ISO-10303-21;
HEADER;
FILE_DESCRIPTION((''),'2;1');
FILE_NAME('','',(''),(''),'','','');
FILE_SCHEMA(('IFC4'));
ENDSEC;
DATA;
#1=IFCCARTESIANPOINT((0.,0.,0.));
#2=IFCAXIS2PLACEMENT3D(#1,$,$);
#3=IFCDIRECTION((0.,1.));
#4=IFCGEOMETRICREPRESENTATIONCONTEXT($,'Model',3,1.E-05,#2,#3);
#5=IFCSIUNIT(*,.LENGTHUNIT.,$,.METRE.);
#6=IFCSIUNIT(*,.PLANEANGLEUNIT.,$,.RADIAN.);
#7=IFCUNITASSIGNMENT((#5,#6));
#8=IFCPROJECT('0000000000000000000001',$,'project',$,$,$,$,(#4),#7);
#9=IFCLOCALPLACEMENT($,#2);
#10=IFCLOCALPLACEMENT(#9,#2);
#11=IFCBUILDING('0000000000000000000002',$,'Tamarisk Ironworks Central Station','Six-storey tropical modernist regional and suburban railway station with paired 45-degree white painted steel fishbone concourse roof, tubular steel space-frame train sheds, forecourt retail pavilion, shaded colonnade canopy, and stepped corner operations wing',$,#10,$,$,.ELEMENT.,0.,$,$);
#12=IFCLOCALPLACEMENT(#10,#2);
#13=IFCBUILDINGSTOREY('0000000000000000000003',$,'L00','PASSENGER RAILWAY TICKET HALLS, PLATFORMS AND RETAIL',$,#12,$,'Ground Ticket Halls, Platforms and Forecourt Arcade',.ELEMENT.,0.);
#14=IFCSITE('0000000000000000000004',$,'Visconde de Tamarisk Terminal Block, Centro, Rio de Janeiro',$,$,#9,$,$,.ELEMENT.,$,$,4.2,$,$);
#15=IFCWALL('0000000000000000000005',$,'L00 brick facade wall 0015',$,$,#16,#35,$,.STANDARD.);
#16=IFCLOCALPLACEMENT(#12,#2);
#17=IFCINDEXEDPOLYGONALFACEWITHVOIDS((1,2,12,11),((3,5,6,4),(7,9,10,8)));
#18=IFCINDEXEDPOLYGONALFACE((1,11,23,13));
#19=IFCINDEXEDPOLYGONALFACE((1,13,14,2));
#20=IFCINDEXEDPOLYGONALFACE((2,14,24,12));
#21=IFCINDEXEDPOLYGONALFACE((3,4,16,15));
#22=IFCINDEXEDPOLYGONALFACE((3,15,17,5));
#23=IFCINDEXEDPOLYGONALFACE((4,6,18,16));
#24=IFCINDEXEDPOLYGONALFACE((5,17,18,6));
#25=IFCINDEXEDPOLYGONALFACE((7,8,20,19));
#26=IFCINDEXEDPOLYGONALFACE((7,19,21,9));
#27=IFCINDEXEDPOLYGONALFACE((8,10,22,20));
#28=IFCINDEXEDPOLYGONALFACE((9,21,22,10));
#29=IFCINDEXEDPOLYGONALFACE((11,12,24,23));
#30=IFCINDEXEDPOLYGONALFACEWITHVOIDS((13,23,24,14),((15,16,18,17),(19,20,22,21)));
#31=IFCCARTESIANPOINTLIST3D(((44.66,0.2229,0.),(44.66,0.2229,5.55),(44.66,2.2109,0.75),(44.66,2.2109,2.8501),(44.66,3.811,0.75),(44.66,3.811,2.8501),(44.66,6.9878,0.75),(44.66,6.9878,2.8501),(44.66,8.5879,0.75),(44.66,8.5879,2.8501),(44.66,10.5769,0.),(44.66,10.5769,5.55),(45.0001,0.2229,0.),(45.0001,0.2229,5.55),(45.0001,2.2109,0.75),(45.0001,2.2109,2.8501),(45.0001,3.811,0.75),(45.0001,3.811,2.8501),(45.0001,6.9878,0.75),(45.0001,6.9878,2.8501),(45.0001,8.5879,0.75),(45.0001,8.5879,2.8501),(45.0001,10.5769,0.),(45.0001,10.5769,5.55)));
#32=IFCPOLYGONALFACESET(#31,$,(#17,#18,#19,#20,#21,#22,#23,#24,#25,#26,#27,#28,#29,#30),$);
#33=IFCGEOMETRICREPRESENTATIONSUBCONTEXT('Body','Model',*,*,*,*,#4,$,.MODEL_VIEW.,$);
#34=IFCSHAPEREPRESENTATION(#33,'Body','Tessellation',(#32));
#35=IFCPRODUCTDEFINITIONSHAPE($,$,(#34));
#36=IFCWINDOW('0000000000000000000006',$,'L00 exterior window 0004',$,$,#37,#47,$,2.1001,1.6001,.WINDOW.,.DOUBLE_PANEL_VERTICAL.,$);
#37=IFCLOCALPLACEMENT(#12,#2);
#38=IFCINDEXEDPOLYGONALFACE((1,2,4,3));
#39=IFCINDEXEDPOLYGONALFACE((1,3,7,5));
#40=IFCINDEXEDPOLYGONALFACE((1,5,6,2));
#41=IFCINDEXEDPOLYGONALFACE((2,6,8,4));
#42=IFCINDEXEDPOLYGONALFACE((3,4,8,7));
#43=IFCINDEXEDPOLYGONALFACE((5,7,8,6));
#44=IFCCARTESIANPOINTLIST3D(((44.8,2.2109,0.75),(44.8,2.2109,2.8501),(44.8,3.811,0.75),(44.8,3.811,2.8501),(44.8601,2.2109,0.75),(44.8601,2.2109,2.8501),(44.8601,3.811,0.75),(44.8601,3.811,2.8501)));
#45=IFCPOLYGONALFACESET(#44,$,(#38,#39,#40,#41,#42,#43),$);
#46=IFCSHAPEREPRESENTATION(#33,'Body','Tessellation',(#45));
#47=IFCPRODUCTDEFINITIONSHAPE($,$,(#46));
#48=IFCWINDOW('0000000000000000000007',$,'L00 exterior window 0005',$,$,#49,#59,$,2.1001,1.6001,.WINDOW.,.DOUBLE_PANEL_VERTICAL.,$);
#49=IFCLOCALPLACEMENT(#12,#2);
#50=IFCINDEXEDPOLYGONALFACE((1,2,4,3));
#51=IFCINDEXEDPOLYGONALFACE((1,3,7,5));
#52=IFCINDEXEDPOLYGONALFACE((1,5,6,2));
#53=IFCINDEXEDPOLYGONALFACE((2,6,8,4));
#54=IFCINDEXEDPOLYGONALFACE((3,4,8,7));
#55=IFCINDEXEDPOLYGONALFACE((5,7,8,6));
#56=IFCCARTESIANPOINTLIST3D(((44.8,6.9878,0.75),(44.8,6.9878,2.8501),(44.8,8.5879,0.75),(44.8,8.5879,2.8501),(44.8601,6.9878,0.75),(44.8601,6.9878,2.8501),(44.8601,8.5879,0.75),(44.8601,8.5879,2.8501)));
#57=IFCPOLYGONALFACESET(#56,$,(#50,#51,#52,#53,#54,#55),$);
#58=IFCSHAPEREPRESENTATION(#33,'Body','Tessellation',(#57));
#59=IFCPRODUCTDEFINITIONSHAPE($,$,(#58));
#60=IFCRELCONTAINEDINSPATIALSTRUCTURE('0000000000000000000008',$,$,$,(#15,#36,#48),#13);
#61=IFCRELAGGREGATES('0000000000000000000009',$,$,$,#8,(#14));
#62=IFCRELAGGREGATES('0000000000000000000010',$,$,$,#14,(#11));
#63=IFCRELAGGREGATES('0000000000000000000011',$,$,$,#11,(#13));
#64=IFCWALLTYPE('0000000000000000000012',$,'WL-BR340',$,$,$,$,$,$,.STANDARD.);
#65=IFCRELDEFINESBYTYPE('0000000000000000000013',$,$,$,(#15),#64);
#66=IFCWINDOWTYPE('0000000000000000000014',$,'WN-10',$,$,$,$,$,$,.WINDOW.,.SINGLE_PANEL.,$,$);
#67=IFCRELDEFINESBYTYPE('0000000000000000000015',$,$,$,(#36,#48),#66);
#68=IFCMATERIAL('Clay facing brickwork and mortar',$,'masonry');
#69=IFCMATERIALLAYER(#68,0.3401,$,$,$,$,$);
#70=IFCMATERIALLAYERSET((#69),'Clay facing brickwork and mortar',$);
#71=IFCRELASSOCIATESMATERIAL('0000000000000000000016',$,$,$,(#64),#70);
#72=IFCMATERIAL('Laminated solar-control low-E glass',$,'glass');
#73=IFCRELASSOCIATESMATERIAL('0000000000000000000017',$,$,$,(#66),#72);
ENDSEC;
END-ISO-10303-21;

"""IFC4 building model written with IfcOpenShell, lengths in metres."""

from ifc_helpers import new_model, si_unit, direction, frame, frame_2d, origin, place, context, subcontext, project, spatial, rectangle, extrude, material, layer, layer_set, type_object, element, fill, save


model = new_model("IFC4")

# Units and contexts
model_context = context("Model", 3, precision=1e-05, world=origin(), true_north=direction((0.0, 1.0)))
body_context = subcontext(model_context, "Body", "Model", "MODEL_VIEW")
ifc_project = project(units=[si_unit("LENGTHUNIT", "METRE"), si_unit("PLANEANGLEUNIT", "RADIAN")], contexts=[model_context])

# Site, building, storey
site_placement = place(None, origin())
site = spatial("IfcSite", under=ifc_project, at=site_placement, Name="Visconde de Tamarisk Terminal Block, Centro, Rio de Janeiro", CompositionType="ELEMENT", RefElevation=4.2)
building_placement = place(site_placement, origin())
building = spatial("IfcBuilding", under=site, at=building_placement, Name="Tamarisk Ironworks Central Station", Description="Six-storey tropical modernist regional and suburban railway station with paired 45-degree white painted steel fishbone concourse roof, tubular steel space-frame train sheds, forecourt retail pavilion, shaded colonnade canopy, and stepped corner operations wing", CompositionType="ELEMENT", ElevationOfRefHeight=0.0)
storey_placement = place(building_placement, origin())
storey = spatial("IfcBuildingStorey", under=building, at=storey_placement, Name="L00", Description="PASSENGER RAILWAY TICKET HALLS, PLATFORMS AND RETAIL", LongName="Ground Ticket Halls, Platforms and Forecourt Arcade", CompositionType="ELEMENT", Elevation=0.0)

# Shared definitions
ifc_material_1 = material(Name="Clay facing brickwork and mortar", Category="masonry")

# Shared definitions
ifc_layer = layer(ifc_material_1, 0.3401)
ifc_layer_set = layer_set([ifc_layer], Name="Clay facing brickwork and mortar")
wall_type = type_object("IfcWallType", Name="WL-BR340", PredefinedType="STANDARD", material=ifc_layer_set)

# Shared definitions
ifc_material_2 = material(Name="Laminated solar-control low-E glass", Category="glass")

# Wall, openings, windows
wall_1_placement = place(storey_placement, frame((44.8301, 0.2229, 0.0), z_axis=(0.0, 0.0, 1.0), x_axis=(0.0, 1.0, 0.0)))
wall_1 = element("IfcWall", 1, at=wall_1_placement, inside=storey, type_object=wall_type, Name="L00 brick facade wall 0015", PredefinedType="STANDARD", context=body_context, shape_type="SweptSolid", body=[
    extrude(rectangle(XDim=10.354, YDim=0.3401, at=frame_2d((5.177, 0.0))), origin(), (0.0, 0.0, 1.0), 5.55),
])
opening_1_placement = place(wall_1_placement, frame((1.988, 0.0, 0.75)))
opening_1 = element("IfcOpeningElement", 2, at=opening_1_placement, cuts=wall_1, PredefinedType="OPENING", context=body_context, shape_type="SweptSolid", body=[
    extrude(rectangle(XDim=1.6001, YDim=2.1001, at=frame_2d((0.8, 1.05))), frame((0.0, 0.1821, 0.0), z_axis=(0.0, -1.0, 0.0), x_axis=(1.0, 0.0, 0.0)), (0.0, 0.0, 1.0), 0.364),
])
opening_2_placement = place(wall_1_placement, frame((6.7649, 0.0, 0.75)))
opening_2 = element("IfcOpeningElement", 3, at=opening_2_placement, cuts=wall_1, PredefinedType="OPENING", context=body_context, shape_type="SweptSolid", body=[
    extrude(rectangle(XDim=1.6001, YDim=2.1001, at=frame_2d((0.8, 1.05))), frame((0.0, 0.1821, 0.0), z_axis=(0.0, -1.0, 0.0), x_axis=(1.0, 0.0, 0.0)), (0.0, 0.0, 1.0), 0.364),
])
window_type_1 = type_object("IfcWindowType", Name="WN-10", PartitioningType="SINGLE_PANEL", PredefinedType="WINDOW", material=ifc_material_2)
window_1_placement = place(opening_1_placement, origin())
window_1 = element("IfcWindow", 4, at=window_1_placement, inside=storey, type_object=window_type_1, Name="L00 exterior window 0004", OverallHeight=2.1001, OverallWidth=1.6001, PartitioningType="DOUBLE_PANEL_VERTICAL", PredefinedType="WINDOW", context=body_context, shape_type="SweptSolid", body=[
    extrude(rectangle(XDim=1.6001, YDim=2.1001, at=frame_2d((0.8, 1.05))), frame((0.0, 0.03, 0.0), z_axis=(0.0, -1.0, 0.0), x_axis=(1.0, 0.0, 0.0)), (0.0, 0.0, 1.0), 0.0601),
])
fill(opening_1, window_1)
window_2_placement = place(opening_2_placement, origin())
window_2 = element("IfcWindow", 5, at=window_2_placement, inside=storey, type_object=window_type_1, Name="L00 exterior window 0005", OverallHeight=2.1001, OverallWidth=1.6001, PartitioningType="DOUBLE_PANEL_VERTICAL", PredefinedType="WINDOW", context=body_context, shape_type="SweptSolid", body=[
    extrude(rectangle(XDim=1.6001, YDim=2.1001, at=frame_2d((0.8, 1.05))), frame((0.0, 0.03, 0.0), z_axis=(0.0, -1.0, 0.0), x_axis=(1.0, 0.0, 0.0)), (0.0, 0.0, 1.0), 0.0601),
])
fill(opening_2, window_2)

save(model, "model.ifc")
